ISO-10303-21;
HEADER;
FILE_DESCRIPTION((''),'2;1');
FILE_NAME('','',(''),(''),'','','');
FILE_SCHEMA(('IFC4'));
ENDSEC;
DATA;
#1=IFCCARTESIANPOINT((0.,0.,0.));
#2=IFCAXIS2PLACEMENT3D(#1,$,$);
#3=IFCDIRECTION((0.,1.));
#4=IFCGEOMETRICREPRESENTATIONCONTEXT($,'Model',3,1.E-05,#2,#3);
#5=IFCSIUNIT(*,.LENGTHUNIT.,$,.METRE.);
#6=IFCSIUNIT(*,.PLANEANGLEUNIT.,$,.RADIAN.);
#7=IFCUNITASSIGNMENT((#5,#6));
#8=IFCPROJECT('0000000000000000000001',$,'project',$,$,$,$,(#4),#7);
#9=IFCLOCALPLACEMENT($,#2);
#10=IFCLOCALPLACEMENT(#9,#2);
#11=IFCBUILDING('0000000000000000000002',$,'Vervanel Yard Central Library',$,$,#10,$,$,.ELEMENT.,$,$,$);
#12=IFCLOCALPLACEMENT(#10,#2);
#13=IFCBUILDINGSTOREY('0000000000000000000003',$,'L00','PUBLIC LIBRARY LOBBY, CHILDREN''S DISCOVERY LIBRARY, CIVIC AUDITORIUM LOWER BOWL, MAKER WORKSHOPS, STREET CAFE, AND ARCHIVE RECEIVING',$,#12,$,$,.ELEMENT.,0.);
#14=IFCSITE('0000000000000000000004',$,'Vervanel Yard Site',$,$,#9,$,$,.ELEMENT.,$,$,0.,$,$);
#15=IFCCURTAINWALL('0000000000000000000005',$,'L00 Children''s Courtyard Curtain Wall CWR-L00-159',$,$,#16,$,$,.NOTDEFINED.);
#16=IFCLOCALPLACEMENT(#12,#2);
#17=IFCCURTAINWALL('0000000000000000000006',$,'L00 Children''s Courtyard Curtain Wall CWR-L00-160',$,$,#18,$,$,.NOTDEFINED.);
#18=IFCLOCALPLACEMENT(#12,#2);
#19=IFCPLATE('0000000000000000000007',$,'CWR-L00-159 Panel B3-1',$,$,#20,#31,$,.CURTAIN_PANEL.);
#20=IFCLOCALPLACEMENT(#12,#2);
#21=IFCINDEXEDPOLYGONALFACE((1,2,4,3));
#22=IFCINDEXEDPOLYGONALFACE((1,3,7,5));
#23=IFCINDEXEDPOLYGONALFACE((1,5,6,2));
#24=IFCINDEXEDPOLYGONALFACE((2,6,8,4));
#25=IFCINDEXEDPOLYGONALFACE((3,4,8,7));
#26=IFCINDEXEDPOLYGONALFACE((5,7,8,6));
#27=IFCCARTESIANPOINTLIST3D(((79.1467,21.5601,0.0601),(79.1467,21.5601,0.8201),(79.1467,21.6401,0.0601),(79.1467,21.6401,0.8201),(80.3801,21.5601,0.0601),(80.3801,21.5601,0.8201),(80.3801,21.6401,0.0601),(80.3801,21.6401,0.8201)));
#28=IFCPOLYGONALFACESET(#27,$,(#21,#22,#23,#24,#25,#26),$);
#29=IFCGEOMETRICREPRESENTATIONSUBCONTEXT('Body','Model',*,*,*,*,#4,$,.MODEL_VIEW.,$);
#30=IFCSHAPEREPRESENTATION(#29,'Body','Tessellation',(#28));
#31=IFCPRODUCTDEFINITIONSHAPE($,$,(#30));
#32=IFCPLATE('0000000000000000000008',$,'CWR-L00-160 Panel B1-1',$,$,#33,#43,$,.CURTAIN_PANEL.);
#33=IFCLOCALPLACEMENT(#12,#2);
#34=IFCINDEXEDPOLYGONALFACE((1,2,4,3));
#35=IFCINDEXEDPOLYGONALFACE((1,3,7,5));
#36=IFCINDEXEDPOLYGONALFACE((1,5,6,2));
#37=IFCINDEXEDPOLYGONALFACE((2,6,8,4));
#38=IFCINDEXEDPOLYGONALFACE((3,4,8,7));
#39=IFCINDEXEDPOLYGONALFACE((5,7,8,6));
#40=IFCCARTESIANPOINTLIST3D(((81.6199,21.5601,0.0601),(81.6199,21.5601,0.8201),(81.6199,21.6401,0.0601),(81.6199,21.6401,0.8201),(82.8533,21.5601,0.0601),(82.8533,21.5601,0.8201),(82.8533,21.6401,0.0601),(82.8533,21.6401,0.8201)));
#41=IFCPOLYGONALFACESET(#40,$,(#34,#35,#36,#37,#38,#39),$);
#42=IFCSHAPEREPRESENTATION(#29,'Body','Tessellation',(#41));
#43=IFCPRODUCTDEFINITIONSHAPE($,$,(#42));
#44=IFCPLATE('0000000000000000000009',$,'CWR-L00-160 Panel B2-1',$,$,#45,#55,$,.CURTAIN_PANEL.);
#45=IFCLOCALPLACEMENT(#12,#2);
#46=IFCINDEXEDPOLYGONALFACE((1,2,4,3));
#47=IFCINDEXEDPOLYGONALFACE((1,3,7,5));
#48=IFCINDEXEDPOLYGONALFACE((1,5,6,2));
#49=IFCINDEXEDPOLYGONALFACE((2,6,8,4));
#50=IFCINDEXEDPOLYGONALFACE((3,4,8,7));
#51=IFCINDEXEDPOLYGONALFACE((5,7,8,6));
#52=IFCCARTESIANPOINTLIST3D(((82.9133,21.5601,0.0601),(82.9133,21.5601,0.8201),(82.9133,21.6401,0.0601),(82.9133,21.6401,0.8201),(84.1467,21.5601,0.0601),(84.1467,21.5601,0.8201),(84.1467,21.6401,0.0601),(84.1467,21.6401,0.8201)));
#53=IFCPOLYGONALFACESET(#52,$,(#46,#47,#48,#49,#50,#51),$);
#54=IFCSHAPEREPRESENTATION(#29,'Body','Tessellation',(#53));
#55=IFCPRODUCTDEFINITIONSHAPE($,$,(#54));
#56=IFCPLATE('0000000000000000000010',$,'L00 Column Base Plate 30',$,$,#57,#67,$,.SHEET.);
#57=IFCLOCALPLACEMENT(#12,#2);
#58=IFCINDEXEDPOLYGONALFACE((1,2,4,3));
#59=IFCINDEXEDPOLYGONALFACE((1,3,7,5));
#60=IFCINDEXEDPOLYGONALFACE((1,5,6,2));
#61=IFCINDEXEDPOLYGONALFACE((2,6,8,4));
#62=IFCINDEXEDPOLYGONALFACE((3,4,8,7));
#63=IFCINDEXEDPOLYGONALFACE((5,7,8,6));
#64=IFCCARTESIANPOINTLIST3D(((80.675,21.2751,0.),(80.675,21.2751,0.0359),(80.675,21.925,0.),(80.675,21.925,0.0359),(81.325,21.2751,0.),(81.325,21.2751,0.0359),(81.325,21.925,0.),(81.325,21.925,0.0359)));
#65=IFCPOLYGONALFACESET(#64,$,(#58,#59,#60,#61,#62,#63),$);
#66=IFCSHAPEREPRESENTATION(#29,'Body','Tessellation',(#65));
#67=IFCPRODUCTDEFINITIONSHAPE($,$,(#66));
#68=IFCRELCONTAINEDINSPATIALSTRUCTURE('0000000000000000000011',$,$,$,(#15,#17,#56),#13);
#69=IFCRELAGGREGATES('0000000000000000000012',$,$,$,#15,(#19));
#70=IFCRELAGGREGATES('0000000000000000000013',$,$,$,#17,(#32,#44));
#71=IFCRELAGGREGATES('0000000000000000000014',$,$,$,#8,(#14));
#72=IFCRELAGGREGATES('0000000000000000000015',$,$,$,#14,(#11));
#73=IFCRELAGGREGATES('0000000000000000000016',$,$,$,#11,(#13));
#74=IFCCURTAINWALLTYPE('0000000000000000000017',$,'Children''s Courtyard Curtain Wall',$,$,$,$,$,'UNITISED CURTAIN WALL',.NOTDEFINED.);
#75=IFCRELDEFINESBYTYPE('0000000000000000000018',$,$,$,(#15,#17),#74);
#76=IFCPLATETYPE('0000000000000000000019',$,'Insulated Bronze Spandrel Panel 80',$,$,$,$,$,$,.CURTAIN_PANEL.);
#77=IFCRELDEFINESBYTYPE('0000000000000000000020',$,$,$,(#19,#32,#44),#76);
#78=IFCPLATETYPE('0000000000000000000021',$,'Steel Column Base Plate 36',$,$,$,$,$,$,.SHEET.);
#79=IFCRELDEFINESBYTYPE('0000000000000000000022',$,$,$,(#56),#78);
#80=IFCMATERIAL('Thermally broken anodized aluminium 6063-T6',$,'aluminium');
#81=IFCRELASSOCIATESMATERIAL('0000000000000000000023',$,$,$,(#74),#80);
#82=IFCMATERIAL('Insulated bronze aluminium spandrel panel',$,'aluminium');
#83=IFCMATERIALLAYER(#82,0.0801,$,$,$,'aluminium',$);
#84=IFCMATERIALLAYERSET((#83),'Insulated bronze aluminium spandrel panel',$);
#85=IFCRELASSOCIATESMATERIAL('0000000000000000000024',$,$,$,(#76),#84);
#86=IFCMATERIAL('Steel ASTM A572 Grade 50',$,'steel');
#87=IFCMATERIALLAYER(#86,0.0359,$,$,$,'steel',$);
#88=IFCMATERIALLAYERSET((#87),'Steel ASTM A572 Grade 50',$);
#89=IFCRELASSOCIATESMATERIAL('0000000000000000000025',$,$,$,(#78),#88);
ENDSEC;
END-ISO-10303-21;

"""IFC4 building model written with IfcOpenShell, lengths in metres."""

from ifc_helpers import new_model, si_unit, direction, frame, origin, origin_2d, place, context, subcontext, project, spatial, rectangle, extrude, material, layer, layer_set, type_object, element, aggregate, save


model = new_model("IFC4")

# Units and contexts
model_context = context("Model", 3, precision=1e-05, world=origin(), true_north=direction((0.0, 1.0)))
body_context = subcontext(model_context, "Body", "Model", "MODEL_VIEW")
ifc_project = project(units=[si_unit("LENGTHUNIT", "METRE"), si_unit("PLANEANGLEUNIT", "RADIAN")], contexts=[model_context])

# Site, building, storey
site_placement = place(None, origin())
site = spatial("IfcSite", under=ifc_project, at=site_placement, Name="Vervanel Yard Site", CompositionType="ELEMENT", RefElevation=0.0)
building_placement = place(site_placement, origin())
building = spatial("IfcBuilding", under=site, at=building_placement, Name="Vervanel Yard Central Library", CompositionType="ELEMENT")
storey_placement = place(building_placement, origin())
storey = spatial("IfcBuildingStorey", under=building, at=storey_placement, Name="L00", Description="PUBLIC LIBRARY LOBBY, CHILDREN'S DISCOVERY LIBRARY, CIVIC AUDITORIUM LOWER BOWL, MAKER WORKSHOPS, STREET CAFE, AND ARCHIVE RECEIVING", CompositionType="ELEMENT", Elevation=0.0)

# Curtain wall
ifc_material_1 = material(Name="Thermally broken anodized aluminium 6063-T6", Category="aluminium")
curtain_wall_type = type_object("IfcCurtainWallType", Name="Children's Courtyard Curtain Wall", ElementType="UNITISED CURTAIN WALL", PredefinedType="NOTDEFINED", material=ifc_material_1)
curtain_wall_1_placement = place(storey_placement, origin())
curtain_wall_1 = element("IfcCurtainWall", 1, at=curtain_wall_1_placement, inside=storey, type_object=curtain_wall_type, Name="L00 Children's Courtyard Curtain Wall CWR-L00-159", PredefinedType="NOTDEFINED")

# Curtain wall
curtain_wall_2_placement = place(storey_placement, origin())
curtain_wall_2 = element("IfcCurtainWall", 2, at=curtain_wall_2_placement, inside=storey, type_object=curtain_wall_type, Name="L00 Children's Courtyard Curtain Wall CWR-L00-160", PredefinedType="NOTDEFINED")

# Plates
ifc_material_2 = material(Name="Insulated bronze aluminium spandrel panel", Category="aluminium")
ifc_layer_1 = layer(ifc_material_2, 0.0801, Category="aluminium")
ifc_layer_set_1 = layer_set([ifc_layer_1], Name="Insulated bronze aluminium spandrel panel")
plate_type_1 = type_object("IfcPlateType", Name="Insulated Bronze Spandrel Panel 80", PredefinedType="CURTAIN_PANEL", material=ifc_layer_set_1)
plate_1_placement = place(storey_placement, frame((79.7634, 21.6001, 0.0601), z_axis=(0.0, 0.0, 1.0), x_axis=(1.0, 0.0, 0.0)))
plate_1 = element("IfcPlate", 3, at=plate_1_placement, type_object=plate_type_1, Name="CWR-L00-159 Panel B3-1", PredefinedType="CURTAIN_PANEL", context=body_context, shape_type="SweptSolid", body=[
    extrude(rectangle(XDim=1.2334, YDim=0.0801, at=origin_2d()), origin(), (0.0, 0.0, 1.0), 0.76),
])
aggregate(curtain_wall_1, [plate_1])
plate_2_placement = place(storey_placement, frame((82.2366, 21.6001, 0.0601), z_axis=(0.0, 0.0, 1.0), x_axis=(1.0, 0.0, 0.0)))
plate_2 = element("IfcPlate", 4, at=plate_2_placement, type_object=plate_type_1, Name="CWR-L00-160 Panel B1-1", PredefinedType="CURTAIN_PANEL", context=body_context, shape_type="SweptSolid", body=[
    extrude(rectangle(XDim=1.2334, YDim=0.0801, at=origin_2d()), origin(), (0.0, 0.0, 1.0), 0.76),
])
plate_3_placement = place(storey_placement, frame((83.53, 21.6001, 0.0601), z_axis=(0.0, 0.0, 1.0), x_axis=(1.0, 0.0, 0.0)))
plate_3 = element("IfcPlate", 5, at=plate_3_placement, type_object=plate_type_1, Name="CWR-L00-160 Panel B2-1", PredefinedType="CURTAIN_PANEL", context=body_context, shape_type="SweptSolid", body=[
    extrude(rectangle(XDim=1.2334, YDim=0.0801, at=origin_2d()), origin(), (0.0, 0.0, 1.0), 0.76),
])
aggregate(curtain_wall_2, [plate_2, plate_3])
ifc_material_3 = material(Name="Steel ASTM A572 Grade 50", Category="steel")
ifc_layer_2 = layer(ifc_material_3, 0.0359, Category="steel")
ifc_layer_set_2 = layer_set([ifc_layer_2], Name="Steel ASTM A572 Grade 50")
plate_type_2 = type_object("IfcPlateType", Name="Steel Column Base Plate 36", PredefinedType="SHEET", material=ifc_layer_set_2)
plate_4_placement = place(storey_placement, frame((81.0, 21.6001, 0.0), z_axis=(0.0, 0.0, 1.0), x_axis=(1.0, 0.0, 0.0)))
element("IfcPlate", 6, at=plate_4_placement, inside=storey, type_object=plate_type_2, Name="L00 Column Base Plate 30", PredefinedType="SHEET", context=body_context, shape_type="SweptSolid", body=[
    extrude(rectangle(XDim=0.6499, YDim=0.6499, at=origin_2d()), origin(), (0.0, 0.0, 1.0), 0.0359),
])

save(model, "model.ifc")
